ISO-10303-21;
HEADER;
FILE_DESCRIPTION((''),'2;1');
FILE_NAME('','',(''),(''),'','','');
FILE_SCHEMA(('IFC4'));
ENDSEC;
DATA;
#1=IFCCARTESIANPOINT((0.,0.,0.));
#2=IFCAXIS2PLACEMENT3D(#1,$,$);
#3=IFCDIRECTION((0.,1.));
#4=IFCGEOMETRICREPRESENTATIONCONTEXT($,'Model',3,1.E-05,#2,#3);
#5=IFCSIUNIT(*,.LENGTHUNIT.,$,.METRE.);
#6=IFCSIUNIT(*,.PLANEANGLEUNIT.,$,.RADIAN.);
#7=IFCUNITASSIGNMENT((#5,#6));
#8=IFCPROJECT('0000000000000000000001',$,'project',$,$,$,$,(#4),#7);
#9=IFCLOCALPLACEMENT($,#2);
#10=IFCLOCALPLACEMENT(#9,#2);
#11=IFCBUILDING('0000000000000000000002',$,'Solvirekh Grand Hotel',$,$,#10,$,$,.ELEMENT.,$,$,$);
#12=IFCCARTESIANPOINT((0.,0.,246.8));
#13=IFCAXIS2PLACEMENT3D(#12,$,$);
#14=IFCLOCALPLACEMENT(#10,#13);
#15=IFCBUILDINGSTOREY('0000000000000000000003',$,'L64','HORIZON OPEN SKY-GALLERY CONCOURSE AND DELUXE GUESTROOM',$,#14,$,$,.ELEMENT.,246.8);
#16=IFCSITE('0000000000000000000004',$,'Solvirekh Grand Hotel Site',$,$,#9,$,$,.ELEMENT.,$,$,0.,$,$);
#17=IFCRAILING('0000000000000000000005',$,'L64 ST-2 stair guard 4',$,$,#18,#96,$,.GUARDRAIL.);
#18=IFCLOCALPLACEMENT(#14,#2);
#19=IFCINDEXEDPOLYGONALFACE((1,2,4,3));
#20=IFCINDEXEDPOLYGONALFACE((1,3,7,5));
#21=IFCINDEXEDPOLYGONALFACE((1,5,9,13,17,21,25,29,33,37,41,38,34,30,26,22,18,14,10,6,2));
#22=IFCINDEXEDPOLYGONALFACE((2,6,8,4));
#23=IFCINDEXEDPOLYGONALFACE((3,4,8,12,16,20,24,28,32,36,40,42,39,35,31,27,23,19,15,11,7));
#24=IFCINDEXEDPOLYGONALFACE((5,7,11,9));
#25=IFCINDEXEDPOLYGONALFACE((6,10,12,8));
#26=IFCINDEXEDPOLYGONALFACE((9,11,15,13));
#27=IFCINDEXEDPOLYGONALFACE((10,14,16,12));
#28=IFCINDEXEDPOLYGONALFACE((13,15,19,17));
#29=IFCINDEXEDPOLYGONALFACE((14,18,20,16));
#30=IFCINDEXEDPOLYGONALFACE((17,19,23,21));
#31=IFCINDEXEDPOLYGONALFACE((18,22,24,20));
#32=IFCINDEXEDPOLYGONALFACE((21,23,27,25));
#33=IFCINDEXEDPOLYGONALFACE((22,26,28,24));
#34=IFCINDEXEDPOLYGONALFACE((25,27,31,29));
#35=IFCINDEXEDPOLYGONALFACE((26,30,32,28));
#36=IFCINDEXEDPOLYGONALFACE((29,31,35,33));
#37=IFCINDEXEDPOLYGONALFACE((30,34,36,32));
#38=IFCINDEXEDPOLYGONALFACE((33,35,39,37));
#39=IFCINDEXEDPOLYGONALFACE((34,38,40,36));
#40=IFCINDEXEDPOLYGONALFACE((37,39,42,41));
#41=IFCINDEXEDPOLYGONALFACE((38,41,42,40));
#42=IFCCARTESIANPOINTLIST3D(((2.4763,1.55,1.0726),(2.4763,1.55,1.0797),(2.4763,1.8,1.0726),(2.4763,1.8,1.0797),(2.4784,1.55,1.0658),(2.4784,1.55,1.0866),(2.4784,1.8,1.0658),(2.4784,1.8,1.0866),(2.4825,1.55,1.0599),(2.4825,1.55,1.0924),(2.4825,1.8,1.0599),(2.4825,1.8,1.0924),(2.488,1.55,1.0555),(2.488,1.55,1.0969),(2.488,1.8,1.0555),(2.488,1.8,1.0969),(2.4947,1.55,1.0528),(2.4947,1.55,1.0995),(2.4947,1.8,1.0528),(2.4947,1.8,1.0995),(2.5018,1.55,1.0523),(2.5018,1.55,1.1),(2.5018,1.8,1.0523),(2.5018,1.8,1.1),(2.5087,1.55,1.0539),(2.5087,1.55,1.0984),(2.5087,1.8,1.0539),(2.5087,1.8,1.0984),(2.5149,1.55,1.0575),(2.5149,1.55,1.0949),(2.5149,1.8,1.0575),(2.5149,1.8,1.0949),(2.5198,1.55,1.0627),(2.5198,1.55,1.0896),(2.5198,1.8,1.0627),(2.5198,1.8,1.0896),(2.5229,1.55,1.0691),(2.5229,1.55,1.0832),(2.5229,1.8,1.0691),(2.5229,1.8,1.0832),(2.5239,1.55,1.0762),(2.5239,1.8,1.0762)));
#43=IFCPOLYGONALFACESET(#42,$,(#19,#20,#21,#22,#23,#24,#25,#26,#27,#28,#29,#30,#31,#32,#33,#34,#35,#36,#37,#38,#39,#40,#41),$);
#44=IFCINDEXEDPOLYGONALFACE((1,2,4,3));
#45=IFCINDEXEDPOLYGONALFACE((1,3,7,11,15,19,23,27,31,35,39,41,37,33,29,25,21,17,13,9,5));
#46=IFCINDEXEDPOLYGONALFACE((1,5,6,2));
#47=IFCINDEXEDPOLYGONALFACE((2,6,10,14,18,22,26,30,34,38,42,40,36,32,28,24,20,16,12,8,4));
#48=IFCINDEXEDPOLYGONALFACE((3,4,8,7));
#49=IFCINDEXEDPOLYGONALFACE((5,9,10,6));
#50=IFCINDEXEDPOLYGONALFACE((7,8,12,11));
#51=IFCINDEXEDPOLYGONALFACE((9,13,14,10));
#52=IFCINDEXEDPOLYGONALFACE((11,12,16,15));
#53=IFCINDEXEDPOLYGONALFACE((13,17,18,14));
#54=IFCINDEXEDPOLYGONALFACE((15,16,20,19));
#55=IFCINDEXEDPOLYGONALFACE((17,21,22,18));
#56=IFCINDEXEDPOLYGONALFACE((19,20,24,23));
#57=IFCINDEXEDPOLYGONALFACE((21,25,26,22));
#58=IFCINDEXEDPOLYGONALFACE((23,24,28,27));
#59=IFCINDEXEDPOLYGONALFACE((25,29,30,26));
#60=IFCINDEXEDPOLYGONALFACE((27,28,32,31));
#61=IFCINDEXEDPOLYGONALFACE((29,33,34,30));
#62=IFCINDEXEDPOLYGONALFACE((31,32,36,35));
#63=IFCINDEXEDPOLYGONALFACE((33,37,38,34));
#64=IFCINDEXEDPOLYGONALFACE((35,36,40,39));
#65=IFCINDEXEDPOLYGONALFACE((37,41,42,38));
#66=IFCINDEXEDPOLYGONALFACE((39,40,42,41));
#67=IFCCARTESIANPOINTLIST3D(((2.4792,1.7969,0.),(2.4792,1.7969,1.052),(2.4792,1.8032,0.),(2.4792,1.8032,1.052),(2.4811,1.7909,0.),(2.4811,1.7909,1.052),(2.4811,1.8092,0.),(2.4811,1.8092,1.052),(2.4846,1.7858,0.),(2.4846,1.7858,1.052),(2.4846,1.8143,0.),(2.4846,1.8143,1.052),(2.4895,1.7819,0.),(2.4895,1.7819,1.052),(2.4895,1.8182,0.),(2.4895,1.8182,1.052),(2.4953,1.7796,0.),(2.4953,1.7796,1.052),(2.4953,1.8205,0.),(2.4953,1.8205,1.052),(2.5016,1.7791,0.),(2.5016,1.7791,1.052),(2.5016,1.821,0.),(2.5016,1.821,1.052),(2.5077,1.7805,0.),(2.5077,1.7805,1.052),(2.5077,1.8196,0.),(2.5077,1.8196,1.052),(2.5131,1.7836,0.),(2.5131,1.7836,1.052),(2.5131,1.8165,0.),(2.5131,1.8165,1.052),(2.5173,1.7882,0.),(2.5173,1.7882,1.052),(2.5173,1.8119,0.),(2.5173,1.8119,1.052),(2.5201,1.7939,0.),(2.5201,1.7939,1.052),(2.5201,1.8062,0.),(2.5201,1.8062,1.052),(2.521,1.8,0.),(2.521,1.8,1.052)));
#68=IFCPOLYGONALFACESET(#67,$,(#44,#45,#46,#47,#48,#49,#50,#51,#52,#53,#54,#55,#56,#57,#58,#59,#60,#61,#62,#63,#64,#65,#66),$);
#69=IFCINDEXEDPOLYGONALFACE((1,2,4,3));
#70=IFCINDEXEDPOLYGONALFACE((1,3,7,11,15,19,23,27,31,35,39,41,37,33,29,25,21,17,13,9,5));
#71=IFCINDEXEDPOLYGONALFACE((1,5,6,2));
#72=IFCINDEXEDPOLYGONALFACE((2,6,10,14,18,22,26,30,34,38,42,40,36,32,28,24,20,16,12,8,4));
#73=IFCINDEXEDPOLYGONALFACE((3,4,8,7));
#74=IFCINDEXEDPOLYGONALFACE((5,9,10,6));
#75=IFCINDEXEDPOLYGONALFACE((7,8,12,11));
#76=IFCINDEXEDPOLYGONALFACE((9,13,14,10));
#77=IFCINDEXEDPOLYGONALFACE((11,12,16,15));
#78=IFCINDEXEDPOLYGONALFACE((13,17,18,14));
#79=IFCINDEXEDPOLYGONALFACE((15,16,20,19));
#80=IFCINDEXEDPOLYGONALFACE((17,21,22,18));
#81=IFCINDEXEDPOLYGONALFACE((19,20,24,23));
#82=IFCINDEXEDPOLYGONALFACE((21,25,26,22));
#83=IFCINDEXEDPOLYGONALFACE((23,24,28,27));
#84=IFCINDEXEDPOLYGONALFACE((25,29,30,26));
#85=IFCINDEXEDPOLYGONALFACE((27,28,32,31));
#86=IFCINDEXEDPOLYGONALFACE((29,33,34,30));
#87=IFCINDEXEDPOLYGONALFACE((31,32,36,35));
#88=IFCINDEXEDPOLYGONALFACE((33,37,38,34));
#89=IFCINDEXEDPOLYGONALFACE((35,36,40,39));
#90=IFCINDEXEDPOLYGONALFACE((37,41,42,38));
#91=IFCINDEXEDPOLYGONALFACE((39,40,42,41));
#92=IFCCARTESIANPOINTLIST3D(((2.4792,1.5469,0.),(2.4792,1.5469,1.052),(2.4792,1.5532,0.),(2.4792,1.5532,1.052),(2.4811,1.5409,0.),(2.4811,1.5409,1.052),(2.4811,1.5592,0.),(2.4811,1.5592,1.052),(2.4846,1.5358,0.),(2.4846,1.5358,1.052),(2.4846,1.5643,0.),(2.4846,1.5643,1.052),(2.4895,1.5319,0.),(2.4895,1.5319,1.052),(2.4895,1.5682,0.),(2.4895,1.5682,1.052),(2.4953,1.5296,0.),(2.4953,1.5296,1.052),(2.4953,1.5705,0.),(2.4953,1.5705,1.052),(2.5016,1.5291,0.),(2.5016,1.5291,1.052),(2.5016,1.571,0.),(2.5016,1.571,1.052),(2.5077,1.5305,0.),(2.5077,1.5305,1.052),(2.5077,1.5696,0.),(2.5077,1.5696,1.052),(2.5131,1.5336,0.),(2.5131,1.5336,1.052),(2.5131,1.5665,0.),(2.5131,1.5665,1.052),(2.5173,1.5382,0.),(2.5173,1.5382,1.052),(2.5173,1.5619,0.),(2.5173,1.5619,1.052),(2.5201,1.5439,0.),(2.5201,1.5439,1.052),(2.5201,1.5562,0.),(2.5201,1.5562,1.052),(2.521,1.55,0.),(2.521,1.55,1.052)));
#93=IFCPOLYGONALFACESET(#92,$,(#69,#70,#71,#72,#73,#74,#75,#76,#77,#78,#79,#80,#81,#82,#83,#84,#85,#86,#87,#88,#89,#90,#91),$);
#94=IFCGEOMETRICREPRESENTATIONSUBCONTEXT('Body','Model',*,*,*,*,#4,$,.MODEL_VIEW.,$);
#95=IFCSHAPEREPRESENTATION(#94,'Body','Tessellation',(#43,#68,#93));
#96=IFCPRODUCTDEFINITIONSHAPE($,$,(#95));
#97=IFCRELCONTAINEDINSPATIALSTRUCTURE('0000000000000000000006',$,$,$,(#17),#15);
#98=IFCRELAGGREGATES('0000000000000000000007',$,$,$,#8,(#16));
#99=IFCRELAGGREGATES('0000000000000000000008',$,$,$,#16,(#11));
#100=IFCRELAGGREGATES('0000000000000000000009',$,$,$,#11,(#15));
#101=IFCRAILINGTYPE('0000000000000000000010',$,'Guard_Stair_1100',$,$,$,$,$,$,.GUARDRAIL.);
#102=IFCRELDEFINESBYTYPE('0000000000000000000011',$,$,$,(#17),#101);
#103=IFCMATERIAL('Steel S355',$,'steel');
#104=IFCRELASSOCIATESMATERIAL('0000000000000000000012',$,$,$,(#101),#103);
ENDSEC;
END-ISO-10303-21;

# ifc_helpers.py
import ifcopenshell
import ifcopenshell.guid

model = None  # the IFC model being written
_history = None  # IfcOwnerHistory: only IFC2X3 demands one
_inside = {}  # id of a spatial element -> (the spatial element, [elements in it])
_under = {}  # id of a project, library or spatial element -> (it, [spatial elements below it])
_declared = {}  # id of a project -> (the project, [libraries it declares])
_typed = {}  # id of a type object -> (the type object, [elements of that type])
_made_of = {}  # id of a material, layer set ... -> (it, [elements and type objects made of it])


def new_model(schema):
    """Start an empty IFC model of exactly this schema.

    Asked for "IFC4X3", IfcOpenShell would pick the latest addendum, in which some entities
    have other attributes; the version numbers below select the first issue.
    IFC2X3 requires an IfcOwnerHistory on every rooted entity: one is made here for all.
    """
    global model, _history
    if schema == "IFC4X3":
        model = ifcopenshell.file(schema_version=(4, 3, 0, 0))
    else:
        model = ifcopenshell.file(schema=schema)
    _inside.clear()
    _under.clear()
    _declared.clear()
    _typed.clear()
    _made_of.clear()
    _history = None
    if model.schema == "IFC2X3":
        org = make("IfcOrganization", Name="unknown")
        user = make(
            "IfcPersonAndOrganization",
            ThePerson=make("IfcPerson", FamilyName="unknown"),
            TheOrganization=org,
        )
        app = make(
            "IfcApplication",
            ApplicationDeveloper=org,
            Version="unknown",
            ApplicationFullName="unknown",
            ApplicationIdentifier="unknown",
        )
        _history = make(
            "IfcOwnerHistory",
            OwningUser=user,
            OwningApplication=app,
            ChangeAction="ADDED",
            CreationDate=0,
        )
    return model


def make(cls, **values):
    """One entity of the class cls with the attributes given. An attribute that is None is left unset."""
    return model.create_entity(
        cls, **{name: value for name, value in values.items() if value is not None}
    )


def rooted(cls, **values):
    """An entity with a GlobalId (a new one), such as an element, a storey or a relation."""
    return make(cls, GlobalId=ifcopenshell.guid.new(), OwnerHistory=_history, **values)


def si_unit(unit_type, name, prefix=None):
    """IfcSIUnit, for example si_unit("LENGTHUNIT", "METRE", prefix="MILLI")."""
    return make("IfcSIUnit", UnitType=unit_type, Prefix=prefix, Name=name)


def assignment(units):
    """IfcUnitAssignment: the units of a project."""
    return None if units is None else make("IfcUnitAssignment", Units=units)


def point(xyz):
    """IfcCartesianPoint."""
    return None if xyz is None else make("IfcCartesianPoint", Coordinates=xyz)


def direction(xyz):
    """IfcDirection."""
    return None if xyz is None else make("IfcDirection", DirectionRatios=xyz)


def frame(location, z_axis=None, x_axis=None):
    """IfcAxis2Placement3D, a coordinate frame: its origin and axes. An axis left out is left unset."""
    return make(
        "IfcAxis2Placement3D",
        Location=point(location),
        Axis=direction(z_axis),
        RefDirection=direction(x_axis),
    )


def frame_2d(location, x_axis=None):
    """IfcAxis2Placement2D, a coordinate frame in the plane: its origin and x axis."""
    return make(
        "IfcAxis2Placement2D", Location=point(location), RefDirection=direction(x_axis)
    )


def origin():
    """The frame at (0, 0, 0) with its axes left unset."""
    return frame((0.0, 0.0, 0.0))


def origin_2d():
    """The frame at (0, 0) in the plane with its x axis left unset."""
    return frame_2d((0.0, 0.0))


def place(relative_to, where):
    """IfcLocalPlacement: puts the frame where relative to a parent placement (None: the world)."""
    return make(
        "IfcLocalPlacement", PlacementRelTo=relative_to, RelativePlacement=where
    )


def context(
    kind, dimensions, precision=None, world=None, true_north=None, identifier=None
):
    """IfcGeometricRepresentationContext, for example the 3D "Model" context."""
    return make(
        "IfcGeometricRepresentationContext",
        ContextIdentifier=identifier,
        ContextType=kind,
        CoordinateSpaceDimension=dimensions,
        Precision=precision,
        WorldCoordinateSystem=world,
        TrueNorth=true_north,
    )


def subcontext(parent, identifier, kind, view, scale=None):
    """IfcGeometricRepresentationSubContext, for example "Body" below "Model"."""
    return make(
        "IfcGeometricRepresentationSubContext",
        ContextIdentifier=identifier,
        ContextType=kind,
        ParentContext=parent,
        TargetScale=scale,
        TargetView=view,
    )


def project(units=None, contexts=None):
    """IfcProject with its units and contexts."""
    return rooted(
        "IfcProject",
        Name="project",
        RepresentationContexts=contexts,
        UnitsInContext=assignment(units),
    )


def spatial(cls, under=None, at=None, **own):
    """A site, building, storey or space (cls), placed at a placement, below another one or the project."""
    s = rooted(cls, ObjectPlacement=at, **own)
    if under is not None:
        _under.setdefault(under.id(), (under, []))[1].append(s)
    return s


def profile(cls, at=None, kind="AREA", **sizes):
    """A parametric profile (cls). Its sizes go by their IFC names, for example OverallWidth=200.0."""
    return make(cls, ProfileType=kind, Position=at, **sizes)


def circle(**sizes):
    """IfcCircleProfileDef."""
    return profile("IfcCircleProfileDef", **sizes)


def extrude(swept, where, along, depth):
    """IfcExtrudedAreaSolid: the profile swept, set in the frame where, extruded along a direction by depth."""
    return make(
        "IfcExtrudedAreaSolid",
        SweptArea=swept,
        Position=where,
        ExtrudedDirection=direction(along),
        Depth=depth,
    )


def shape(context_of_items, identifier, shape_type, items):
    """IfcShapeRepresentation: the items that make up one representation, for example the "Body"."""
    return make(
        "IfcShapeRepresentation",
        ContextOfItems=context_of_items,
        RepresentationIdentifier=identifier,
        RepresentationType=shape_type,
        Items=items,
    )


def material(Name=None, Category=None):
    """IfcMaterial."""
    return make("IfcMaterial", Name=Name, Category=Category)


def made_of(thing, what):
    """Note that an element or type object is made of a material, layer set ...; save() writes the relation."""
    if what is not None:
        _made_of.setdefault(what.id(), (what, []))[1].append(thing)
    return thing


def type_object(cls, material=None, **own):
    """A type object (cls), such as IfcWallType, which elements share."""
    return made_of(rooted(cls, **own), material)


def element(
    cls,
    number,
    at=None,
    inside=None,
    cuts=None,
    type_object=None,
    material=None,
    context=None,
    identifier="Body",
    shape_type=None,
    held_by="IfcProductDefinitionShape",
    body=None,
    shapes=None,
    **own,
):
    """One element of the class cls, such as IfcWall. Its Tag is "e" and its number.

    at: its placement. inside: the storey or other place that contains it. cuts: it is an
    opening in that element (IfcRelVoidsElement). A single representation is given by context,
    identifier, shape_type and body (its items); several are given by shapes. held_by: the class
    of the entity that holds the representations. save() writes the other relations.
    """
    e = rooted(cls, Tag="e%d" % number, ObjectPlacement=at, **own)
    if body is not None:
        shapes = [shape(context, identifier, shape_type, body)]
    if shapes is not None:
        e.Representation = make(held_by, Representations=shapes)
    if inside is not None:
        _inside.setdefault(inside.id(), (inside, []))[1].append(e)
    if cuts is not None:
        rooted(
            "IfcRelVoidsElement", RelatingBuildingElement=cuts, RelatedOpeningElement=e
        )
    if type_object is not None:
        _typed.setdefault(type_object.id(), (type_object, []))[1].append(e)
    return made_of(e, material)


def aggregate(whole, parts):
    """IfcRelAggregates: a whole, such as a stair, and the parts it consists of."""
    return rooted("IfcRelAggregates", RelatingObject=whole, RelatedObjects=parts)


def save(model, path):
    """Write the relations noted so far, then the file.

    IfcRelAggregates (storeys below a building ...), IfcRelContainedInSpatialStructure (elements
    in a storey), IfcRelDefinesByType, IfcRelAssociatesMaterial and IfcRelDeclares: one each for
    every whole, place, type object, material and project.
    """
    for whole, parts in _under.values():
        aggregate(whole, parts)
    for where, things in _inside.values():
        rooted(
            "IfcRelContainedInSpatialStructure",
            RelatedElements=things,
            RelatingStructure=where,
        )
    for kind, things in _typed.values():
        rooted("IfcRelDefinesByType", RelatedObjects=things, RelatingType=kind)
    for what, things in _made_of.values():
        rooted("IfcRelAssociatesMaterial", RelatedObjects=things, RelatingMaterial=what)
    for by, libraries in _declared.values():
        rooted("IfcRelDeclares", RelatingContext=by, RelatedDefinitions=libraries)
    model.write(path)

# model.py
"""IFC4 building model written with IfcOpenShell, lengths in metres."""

from ifc_helpers import new_model, si_unit, direction, frame, origin, origin_2d, place, context, subcontext, project, spatial, circle, extrude, material, type_object, element, save


model = new_model("IFC4")

# Units and contexts
model_context = context("Model", 3, precision=1e-05, world=origin(), true_north=direction((0.0, 1.0)))
body_context = subcontext(model_context, "Body", "Model", "MODEL_VIEW")
ifc_project = project(units=[si_unit("LENGTHUNIT", "METRE"), si_unit("PLANEANGLEUNIT", "RADIAN")], contexts=[model_context])

# Site, building, storey
site_placement = place(None, origin())
site = spatial("IfcSite", under=ifc_project, at=site_placement, Name="Solvirekh Grand Hotel Site", CompositionType="ELEMENT", RefElevation=0.0)
building_placement = place(site_placement, origin())
building = spatial("IfcBuilding", under=site, at=building_placement, Name="Solvirekh Grand Hotel", CompositionType="ELEMENT")
storey_placement = place(building_placement, frame((0.0, 0.0, 246.8)))
storey = spatial("IfcBuildingStorey", under=building, at=storey_placement, Name="L64", Description="HORIZON OPEN SKY-GALLERY CONCOURSE AND DELUXE GUESTROOM", CompositionType="ELEMENT", Elevation=246.8)

# Shared definitions
ifc_material_1 = material(Name="Steel S355", Category="steel")

# Railing
railing_type_1 = type_object("IfcRailingType", Name="Guard_Stair_1100", PredefinedType="GUARDRAIL", material=ifc_material_1)
railing_1_placement = place(storey_placement, frame((2.5, 1.8, 0.0)))
element("IfcRailing", 1, at=railing_1_placement, inside=storey, type_object=railing_type_1, Name="L64 ST-2 stair guard 4", PredefinedType="GUARDRAIL", context=body_context, shape_type="SweptSolid", body=[
    extrude(circle(Radius=0.0239, at=origin_2d()), frame((0.0, 0.0, 1.0762), z_axis=(0.0, -1.0, 0.0), x_axis=(1.0, 0.0, 0.0)), (0.0, 0.0, 1.0), 0.25),
    extrude(circle(Radius=0.021, at=origin_2d()), origin(), (0.0, 0.0, 1.0), 1.052),
    extrude(circle(Radius=0.021, at=origin_2d()), frame((0.0, -0.25, 0.0)), (0.0, 0.0, 1.0), 1.052),
])

save(model, "model.ifc")
